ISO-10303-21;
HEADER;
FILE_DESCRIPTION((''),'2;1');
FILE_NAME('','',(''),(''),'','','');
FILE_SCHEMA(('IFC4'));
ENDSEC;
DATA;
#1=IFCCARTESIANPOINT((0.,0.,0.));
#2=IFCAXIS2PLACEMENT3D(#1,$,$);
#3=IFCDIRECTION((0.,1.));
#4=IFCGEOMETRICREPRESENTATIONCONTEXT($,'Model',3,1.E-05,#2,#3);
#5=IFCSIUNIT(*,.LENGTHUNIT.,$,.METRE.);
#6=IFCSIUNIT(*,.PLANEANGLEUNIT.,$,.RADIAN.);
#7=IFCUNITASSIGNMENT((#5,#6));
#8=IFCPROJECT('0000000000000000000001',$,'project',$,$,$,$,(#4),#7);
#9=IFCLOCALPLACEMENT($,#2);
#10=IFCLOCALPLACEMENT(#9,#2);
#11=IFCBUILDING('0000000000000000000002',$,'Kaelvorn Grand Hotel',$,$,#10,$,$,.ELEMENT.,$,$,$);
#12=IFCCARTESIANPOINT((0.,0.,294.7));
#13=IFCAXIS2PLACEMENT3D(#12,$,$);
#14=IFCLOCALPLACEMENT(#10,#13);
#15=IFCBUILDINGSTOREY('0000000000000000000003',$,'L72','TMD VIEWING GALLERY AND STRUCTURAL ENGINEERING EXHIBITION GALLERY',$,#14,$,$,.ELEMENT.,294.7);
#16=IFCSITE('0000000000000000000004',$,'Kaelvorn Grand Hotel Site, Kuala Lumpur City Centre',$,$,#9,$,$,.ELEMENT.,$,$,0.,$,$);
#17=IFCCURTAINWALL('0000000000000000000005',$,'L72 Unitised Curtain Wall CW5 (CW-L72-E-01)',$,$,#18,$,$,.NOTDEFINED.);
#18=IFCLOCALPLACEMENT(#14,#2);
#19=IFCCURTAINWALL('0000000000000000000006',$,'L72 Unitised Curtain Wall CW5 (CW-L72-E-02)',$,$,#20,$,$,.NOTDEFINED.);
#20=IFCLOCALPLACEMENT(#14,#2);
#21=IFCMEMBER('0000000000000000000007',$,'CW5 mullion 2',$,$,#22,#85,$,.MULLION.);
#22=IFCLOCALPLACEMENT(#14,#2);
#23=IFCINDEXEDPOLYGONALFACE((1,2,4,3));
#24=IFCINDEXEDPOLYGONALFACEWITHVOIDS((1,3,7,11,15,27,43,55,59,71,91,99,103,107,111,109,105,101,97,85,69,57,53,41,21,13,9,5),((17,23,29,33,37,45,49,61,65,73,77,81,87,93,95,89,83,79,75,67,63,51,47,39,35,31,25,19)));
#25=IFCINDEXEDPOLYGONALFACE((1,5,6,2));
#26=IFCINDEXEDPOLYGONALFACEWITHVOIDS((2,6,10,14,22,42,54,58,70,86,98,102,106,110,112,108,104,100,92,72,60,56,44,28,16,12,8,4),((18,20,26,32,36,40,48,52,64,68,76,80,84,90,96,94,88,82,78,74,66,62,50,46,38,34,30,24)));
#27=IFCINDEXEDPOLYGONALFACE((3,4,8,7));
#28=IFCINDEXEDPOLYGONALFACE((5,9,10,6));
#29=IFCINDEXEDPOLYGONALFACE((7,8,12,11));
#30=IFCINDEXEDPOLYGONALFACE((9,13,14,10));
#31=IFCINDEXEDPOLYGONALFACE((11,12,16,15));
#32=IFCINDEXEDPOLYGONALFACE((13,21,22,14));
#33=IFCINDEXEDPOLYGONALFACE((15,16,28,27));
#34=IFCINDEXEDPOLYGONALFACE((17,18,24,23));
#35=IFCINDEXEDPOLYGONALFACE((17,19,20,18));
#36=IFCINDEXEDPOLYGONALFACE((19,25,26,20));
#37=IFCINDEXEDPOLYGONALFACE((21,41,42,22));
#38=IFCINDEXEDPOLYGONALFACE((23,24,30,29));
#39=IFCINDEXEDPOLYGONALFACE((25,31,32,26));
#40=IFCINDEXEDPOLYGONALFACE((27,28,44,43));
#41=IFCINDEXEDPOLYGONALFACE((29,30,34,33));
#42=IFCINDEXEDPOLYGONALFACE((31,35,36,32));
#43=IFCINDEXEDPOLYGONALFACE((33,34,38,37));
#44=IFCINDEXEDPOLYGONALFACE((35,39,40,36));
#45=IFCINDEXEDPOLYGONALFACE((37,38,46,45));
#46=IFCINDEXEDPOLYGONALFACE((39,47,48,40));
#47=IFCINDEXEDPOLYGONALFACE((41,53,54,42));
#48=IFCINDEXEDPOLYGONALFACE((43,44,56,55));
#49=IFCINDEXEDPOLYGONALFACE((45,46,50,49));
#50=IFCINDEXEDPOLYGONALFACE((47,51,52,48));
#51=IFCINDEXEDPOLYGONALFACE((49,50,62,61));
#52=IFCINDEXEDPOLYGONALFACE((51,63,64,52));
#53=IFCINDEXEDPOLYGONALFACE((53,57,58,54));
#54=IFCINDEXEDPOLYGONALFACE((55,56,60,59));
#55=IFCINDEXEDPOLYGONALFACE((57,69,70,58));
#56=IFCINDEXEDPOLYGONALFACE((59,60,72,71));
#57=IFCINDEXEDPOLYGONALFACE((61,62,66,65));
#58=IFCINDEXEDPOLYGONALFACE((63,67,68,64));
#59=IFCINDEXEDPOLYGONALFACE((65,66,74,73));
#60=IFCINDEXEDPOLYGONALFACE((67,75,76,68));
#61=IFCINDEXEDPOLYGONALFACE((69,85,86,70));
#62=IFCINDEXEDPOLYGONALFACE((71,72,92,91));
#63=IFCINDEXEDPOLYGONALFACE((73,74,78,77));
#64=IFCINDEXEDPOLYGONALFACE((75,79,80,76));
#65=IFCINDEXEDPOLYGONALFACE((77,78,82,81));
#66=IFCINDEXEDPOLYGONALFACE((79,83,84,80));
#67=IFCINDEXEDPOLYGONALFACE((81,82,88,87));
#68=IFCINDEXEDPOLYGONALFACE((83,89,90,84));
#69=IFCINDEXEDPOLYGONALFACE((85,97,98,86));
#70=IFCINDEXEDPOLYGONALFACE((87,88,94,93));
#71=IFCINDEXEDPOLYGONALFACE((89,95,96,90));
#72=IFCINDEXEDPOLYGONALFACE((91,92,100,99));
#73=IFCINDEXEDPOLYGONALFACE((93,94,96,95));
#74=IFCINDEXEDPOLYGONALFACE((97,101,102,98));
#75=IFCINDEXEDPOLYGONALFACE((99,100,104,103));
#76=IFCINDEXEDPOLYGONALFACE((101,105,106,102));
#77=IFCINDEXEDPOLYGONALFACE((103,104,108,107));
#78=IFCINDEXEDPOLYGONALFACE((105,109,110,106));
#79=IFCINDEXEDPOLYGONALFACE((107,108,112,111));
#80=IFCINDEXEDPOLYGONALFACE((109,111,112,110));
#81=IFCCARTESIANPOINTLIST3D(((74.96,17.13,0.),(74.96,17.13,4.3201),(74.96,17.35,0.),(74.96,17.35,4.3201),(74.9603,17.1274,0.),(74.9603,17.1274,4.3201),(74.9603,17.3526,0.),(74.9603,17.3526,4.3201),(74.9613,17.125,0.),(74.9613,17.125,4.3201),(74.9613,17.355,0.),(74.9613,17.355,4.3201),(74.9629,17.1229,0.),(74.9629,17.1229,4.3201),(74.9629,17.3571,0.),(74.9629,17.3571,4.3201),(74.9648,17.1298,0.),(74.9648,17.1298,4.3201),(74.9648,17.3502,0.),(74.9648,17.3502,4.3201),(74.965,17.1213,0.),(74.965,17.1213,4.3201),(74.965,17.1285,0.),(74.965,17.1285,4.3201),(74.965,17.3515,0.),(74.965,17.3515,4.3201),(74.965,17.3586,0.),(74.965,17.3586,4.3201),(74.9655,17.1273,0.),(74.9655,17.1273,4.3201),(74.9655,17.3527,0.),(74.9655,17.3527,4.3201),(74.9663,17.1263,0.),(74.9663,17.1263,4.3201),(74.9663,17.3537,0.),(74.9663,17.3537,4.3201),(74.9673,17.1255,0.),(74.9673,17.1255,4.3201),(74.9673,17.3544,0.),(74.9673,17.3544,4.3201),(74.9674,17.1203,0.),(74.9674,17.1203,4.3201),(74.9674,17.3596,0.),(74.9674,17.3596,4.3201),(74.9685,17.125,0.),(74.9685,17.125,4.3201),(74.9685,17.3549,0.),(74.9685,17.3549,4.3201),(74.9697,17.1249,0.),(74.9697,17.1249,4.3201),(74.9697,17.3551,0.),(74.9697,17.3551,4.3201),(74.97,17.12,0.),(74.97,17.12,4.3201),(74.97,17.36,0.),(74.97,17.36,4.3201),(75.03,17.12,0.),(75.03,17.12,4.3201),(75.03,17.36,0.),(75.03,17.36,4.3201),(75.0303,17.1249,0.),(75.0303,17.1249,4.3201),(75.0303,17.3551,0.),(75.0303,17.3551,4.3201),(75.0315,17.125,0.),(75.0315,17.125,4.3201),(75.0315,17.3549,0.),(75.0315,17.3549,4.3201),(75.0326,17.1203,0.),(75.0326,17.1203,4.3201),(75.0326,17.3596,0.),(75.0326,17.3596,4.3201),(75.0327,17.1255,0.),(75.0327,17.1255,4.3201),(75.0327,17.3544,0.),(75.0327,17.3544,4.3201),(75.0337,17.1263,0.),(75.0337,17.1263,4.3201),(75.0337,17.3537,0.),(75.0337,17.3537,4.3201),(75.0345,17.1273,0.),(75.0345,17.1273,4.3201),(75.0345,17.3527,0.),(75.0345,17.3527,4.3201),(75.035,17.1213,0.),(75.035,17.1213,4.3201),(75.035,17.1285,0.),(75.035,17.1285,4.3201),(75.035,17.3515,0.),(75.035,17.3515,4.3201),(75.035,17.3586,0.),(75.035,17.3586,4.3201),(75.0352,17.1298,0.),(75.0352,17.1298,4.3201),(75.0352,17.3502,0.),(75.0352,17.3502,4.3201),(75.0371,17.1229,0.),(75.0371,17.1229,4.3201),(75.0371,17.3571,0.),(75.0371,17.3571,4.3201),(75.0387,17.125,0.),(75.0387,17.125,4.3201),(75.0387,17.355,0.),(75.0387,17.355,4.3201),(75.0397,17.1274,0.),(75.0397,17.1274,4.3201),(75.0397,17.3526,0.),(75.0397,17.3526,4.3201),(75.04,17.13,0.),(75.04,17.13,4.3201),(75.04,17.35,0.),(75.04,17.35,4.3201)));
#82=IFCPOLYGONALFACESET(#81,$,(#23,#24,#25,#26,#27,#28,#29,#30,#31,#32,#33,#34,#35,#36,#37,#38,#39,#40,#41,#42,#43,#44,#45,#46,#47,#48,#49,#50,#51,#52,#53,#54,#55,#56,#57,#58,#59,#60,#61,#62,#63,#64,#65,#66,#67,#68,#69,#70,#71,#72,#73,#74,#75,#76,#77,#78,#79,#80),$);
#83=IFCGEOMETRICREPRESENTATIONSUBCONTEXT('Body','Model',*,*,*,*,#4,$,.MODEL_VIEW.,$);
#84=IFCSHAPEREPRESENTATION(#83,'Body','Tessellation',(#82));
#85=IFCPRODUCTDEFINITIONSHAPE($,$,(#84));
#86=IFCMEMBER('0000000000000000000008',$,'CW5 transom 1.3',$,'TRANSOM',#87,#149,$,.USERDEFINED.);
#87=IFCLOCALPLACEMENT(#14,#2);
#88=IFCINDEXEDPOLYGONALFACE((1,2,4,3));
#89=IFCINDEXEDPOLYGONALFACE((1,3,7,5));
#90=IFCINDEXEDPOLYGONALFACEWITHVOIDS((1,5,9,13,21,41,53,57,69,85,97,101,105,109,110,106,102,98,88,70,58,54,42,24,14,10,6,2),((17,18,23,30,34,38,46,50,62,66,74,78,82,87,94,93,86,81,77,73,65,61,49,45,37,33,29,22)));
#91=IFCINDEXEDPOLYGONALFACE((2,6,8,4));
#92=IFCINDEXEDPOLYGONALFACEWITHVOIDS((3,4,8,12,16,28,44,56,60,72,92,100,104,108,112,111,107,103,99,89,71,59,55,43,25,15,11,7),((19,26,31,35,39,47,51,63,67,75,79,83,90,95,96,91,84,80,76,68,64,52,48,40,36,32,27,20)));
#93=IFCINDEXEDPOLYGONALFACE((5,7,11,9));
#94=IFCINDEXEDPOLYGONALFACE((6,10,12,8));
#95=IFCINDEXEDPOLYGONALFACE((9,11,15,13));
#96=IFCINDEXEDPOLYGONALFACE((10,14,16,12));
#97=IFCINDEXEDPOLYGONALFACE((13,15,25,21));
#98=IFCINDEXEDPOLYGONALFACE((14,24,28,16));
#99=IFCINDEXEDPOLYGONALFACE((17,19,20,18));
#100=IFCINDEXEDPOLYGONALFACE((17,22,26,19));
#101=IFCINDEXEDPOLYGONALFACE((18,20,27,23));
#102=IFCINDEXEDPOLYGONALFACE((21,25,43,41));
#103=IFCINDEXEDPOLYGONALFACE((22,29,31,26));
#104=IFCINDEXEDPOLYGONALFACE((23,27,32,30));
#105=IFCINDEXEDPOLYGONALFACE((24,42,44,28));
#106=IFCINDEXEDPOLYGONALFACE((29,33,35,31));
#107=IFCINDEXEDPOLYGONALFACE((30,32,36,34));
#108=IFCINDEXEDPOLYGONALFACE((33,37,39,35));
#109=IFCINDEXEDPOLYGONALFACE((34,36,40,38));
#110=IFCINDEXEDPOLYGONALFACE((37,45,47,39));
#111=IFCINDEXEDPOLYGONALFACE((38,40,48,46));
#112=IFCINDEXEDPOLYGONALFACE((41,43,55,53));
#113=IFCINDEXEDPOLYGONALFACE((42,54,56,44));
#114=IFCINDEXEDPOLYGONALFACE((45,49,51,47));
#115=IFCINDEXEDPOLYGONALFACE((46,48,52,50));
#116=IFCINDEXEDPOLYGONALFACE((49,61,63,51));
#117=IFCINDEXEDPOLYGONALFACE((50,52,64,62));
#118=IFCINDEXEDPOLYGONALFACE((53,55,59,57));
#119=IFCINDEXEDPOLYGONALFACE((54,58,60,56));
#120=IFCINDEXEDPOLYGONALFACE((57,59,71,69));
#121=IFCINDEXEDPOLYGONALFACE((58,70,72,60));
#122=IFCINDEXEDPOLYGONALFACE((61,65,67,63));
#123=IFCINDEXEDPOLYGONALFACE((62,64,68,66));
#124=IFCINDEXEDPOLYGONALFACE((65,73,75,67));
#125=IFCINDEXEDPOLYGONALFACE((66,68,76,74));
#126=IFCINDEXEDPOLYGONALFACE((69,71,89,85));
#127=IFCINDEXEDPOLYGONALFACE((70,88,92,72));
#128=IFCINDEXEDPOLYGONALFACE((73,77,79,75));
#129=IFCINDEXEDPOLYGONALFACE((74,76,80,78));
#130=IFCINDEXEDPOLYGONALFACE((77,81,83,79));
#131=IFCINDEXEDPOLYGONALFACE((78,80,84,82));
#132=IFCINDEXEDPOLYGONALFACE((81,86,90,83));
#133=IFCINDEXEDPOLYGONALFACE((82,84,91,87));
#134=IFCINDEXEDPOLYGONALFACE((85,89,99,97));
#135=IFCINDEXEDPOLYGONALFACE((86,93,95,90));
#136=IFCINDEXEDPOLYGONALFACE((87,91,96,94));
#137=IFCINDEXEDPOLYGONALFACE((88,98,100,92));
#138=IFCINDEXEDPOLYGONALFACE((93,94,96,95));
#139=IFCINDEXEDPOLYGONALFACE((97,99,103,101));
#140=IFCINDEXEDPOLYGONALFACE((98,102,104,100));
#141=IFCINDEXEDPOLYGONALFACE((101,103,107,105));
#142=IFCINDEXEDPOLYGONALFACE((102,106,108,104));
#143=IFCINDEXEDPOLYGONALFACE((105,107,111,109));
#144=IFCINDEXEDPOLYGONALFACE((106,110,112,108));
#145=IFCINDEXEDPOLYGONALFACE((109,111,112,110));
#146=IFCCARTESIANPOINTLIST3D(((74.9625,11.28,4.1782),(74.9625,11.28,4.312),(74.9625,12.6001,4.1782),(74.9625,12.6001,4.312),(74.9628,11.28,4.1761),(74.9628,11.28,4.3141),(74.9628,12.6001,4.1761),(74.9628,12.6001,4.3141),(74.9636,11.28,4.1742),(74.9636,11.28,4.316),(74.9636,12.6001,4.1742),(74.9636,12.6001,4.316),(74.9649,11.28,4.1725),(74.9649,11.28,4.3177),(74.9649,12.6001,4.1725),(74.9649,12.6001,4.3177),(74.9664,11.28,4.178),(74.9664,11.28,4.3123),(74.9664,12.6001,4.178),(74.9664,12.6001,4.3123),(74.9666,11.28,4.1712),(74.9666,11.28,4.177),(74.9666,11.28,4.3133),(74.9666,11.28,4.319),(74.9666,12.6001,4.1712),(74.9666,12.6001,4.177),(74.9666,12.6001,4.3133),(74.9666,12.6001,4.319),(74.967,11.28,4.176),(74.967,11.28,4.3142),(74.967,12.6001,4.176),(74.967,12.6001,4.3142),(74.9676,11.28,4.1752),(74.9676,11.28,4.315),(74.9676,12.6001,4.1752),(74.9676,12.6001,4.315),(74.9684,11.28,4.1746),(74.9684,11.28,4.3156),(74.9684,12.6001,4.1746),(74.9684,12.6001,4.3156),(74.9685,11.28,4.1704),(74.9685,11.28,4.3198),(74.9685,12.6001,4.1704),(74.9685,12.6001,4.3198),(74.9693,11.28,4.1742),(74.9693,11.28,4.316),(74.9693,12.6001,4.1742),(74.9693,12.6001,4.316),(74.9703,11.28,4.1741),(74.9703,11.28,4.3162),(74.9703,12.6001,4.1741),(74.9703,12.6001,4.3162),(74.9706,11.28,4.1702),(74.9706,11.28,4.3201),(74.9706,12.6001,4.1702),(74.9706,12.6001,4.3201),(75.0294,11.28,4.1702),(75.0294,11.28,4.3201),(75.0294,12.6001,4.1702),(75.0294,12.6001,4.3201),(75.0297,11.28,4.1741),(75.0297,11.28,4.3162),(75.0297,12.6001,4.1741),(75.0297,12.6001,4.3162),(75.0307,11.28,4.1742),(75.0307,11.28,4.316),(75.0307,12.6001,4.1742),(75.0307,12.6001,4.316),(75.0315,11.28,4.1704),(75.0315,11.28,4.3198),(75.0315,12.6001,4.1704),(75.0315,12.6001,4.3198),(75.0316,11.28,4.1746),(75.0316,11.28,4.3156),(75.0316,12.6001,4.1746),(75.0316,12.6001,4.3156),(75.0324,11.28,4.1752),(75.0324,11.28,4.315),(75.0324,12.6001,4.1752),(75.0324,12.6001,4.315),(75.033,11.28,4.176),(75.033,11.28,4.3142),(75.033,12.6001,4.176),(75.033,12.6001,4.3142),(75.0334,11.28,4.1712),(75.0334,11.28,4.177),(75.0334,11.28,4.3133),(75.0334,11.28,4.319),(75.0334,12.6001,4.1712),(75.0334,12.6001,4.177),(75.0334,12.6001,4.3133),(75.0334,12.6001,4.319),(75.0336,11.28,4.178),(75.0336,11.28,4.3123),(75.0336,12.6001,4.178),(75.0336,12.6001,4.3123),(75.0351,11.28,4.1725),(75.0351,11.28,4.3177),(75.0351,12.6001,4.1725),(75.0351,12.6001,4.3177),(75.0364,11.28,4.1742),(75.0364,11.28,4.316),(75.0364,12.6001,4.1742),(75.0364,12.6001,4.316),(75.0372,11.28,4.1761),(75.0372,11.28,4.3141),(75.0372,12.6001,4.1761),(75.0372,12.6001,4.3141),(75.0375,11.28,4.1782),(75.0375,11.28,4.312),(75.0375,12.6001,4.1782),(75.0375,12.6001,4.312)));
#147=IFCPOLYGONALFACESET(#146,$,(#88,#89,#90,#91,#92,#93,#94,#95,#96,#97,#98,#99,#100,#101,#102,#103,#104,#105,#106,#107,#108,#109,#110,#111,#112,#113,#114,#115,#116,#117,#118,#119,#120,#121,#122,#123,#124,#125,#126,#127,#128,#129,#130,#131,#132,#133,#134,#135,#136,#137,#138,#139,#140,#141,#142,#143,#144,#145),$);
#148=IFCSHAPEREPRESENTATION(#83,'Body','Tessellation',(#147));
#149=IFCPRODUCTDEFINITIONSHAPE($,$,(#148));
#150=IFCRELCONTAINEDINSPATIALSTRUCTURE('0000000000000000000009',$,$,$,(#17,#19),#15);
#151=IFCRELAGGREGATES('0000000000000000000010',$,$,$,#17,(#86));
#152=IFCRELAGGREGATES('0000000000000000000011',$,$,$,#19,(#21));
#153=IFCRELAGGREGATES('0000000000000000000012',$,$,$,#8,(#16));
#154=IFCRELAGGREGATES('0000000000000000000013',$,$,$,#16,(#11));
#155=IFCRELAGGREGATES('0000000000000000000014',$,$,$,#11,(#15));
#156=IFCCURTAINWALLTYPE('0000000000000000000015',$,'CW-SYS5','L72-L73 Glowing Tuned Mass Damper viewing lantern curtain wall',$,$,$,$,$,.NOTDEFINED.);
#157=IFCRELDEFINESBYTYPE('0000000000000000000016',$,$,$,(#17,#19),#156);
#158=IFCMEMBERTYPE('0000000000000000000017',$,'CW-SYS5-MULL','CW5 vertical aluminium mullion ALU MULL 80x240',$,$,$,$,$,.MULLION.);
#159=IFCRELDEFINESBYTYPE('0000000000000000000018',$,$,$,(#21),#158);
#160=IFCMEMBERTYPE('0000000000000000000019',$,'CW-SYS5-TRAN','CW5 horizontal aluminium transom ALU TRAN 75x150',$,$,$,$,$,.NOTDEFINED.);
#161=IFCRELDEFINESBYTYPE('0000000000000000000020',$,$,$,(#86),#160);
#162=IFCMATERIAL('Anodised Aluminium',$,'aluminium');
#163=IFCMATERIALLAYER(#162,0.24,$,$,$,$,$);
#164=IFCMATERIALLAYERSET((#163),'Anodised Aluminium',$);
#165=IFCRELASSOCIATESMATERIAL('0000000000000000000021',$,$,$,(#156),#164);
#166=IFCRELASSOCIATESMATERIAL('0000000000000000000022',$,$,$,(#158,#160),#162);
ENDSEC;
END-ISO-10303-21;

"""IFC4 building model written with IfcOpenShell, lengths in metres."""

from ifc_helpers import new_model, si_unit, direction, frame, origin, origin_2d, place, context, subcontext, project, spatial, hollow_rectangle, extrude, material, layer, layer_set, material_profile, profile_set, type_object, element, aggregate, save


model = new_model("IFC4")

# Units and contexts
model_context = context("Model", 3, precision=1e-05, world=origin(), true_north=direction((0.0, 1.0)))
body_context = subcontext(model_context, "Body", "Model", "MODEL_VIEW")
ifc_project = project(units=[si_unit("LENGTHUNIT", "METRE"), si_unit("PLANEANGLEUNIT", "RADIAN")], contexts=[model_context])

# Site, building, storey
site_placement = place(None, origin())
site = spatial("IfcSite", under=ifc_project, at=site_placement, Name="Kaelvorn Grand Hotel Site, Kuala Lumpur City Centre", CompositionType="ELEMENT", RefElevation=0.0)
building_placement = place(site_placement, origin())
building = spatial("IfcBuilding", under=site, at=building_placement, Name="Kaelvorn Grand Hotel", CompositionType="ELEMENT")
storey_placement = place(building_placement, frame((0.0, 0.0, 294.7)))
storey = spatial("IfcBuildingStorey", under=building, at=storey_placement, Name="L72", Description="TMD VIEWING GALLERY AND STRUCTURAL ENGINEERING EXHIBITION GALLERY", CompositionType="ELEMENT", Elevation=294.7)

# Curtain walls, member
ifc_material_1 = material(Name="Anodised Aluminium", Category="aluminium")
ifc_layer_1 = layer(ifc_material_1, 0.24)
ifc_layer_set_1 = layer_set([ifc_layer_1], Name="Anodised Aluminium")
curtain_wall_type = type_object("IfcCurtainWallType", Name="CW-SYS5", Description="L72-L73 Glowing Tuned Mass Damper viewing lantern curtain wall", PredefinedType="NOTDEFINED", material=ifc_layer_set_1)
curtain_wall_1_placement = place(storey_placement, origin())
curtain_wall_1 = element("IfcCurtainWall", 1, at=curtain_wall_1_placement, inside=storey, type_object=curtain_wall_type, Name="L72 Unitised Curtain Wall CW5 (CW-L72-E-01)", PredefinedType="NOTDEFINED")
ifc_material_profile_1 = material_profile(ifc_material_1, hollow_rectangle(XDim=0.0801, YDim=0.24, WallThickness=0.0049, InnerFilletRadius=0.0049, OuterFilletRadius=0.01, at=origin_2d()), Name="ALU MULL 80x240")
ifc_profile_set_1 = profile_set([ifc_material_profile_1], Name="Anodised Aluminium")
member_type_1 = type_object("IfcMemberType", Name="CW-SYS5-MULL", Description="CW5 vertical aluminium mullion ALU MULL 80x240", PredefinedType="MULLION", material=ifc_profile_set_1)
curtain_wall_2_placement = place(storey_placement, origin())
curtain_wall_2 = element("IfcCurtainWall", 2, at=curtain_wall_2_placement, inside=storey, type_object=curtain_wall_type, Name="L72 Unitised Curtain Wall CW5 (CW-L72-E-02)", PredefinedType="NOTDEFINED")
member_1_placement = place(storey_placement, frame((75.0, 17.24, 0.0), z_axis=(0.0, 0.0, 1.0), x_axis=(-1.0, 0.0, 0.0)))
member_1 = element("IfcMember", 3, at=member_1_placement, type_object=member_type_1, Name="CW5 mullion 2", PredefinedType="MULLION", context=body_context, shape_type="SweptSolid", body=[
    extrude(hollow_rectangle(XDim=0.0801, YDim=0.24, WallThickness=0.0049, InnerFilletRadius=0.0049, OuterFilletRadius=0.01, at=origin_2d()), origin(), (0.0, 0.0, 1.0), 4.3201),
])

# Member
ifc_material_profile_2 = material_profile(ifc_material_1, hollow_rectangle(XDim=0.075, YDim=0.1499, WallThickness=0.0039, InnerFilletRadius=0.0039, OuterFilletRadius=0.0081, at=origin_2d()), Name="ALU TRAN 75x150")
ifc_profile_set_2 = profile_set([ifc_material_profile_2], Name="Anodised Aluminium")
member_type_2 = type_object("IfcMemberType", Name="CW-SYS5-TRAN", Description="CW5 horizontal aluminium transom ALU TRAN 75x150", PredefinedType="NOTDEFINED", material=ifc_profile_set_2)
member_2_placement = place(storey_placement, frame((75.0, 11.28, 4.2451), z_axis=(0.0, 1.0, 0.0), x_axis=(-1.0, 0.0, 0.0)))
member_2 = element("IfcMember", 4, at=member_2_placement, type_object=member_type_2, Name="CW5 transom 1.3", ObjectType="TRANSOM", PredefinedType="USERDEFINED", context=body_context, shape_type="SweptSolid", body=[
    extrude(hollow_rectangle(XDim=0.075, YDim=0.1499, WallThickness=0.0039, InnerFilletRadius=0.0039, OuterFilletRadius=0.0081, at=origin_2d()), origin(), (0.0, 0.0, 1.0), 1.3201),
])

aggregate(curtain_wall_1, [member_2])
aggregate(curtain_wall_2, [member_1])

save(model, "model.ifc")
